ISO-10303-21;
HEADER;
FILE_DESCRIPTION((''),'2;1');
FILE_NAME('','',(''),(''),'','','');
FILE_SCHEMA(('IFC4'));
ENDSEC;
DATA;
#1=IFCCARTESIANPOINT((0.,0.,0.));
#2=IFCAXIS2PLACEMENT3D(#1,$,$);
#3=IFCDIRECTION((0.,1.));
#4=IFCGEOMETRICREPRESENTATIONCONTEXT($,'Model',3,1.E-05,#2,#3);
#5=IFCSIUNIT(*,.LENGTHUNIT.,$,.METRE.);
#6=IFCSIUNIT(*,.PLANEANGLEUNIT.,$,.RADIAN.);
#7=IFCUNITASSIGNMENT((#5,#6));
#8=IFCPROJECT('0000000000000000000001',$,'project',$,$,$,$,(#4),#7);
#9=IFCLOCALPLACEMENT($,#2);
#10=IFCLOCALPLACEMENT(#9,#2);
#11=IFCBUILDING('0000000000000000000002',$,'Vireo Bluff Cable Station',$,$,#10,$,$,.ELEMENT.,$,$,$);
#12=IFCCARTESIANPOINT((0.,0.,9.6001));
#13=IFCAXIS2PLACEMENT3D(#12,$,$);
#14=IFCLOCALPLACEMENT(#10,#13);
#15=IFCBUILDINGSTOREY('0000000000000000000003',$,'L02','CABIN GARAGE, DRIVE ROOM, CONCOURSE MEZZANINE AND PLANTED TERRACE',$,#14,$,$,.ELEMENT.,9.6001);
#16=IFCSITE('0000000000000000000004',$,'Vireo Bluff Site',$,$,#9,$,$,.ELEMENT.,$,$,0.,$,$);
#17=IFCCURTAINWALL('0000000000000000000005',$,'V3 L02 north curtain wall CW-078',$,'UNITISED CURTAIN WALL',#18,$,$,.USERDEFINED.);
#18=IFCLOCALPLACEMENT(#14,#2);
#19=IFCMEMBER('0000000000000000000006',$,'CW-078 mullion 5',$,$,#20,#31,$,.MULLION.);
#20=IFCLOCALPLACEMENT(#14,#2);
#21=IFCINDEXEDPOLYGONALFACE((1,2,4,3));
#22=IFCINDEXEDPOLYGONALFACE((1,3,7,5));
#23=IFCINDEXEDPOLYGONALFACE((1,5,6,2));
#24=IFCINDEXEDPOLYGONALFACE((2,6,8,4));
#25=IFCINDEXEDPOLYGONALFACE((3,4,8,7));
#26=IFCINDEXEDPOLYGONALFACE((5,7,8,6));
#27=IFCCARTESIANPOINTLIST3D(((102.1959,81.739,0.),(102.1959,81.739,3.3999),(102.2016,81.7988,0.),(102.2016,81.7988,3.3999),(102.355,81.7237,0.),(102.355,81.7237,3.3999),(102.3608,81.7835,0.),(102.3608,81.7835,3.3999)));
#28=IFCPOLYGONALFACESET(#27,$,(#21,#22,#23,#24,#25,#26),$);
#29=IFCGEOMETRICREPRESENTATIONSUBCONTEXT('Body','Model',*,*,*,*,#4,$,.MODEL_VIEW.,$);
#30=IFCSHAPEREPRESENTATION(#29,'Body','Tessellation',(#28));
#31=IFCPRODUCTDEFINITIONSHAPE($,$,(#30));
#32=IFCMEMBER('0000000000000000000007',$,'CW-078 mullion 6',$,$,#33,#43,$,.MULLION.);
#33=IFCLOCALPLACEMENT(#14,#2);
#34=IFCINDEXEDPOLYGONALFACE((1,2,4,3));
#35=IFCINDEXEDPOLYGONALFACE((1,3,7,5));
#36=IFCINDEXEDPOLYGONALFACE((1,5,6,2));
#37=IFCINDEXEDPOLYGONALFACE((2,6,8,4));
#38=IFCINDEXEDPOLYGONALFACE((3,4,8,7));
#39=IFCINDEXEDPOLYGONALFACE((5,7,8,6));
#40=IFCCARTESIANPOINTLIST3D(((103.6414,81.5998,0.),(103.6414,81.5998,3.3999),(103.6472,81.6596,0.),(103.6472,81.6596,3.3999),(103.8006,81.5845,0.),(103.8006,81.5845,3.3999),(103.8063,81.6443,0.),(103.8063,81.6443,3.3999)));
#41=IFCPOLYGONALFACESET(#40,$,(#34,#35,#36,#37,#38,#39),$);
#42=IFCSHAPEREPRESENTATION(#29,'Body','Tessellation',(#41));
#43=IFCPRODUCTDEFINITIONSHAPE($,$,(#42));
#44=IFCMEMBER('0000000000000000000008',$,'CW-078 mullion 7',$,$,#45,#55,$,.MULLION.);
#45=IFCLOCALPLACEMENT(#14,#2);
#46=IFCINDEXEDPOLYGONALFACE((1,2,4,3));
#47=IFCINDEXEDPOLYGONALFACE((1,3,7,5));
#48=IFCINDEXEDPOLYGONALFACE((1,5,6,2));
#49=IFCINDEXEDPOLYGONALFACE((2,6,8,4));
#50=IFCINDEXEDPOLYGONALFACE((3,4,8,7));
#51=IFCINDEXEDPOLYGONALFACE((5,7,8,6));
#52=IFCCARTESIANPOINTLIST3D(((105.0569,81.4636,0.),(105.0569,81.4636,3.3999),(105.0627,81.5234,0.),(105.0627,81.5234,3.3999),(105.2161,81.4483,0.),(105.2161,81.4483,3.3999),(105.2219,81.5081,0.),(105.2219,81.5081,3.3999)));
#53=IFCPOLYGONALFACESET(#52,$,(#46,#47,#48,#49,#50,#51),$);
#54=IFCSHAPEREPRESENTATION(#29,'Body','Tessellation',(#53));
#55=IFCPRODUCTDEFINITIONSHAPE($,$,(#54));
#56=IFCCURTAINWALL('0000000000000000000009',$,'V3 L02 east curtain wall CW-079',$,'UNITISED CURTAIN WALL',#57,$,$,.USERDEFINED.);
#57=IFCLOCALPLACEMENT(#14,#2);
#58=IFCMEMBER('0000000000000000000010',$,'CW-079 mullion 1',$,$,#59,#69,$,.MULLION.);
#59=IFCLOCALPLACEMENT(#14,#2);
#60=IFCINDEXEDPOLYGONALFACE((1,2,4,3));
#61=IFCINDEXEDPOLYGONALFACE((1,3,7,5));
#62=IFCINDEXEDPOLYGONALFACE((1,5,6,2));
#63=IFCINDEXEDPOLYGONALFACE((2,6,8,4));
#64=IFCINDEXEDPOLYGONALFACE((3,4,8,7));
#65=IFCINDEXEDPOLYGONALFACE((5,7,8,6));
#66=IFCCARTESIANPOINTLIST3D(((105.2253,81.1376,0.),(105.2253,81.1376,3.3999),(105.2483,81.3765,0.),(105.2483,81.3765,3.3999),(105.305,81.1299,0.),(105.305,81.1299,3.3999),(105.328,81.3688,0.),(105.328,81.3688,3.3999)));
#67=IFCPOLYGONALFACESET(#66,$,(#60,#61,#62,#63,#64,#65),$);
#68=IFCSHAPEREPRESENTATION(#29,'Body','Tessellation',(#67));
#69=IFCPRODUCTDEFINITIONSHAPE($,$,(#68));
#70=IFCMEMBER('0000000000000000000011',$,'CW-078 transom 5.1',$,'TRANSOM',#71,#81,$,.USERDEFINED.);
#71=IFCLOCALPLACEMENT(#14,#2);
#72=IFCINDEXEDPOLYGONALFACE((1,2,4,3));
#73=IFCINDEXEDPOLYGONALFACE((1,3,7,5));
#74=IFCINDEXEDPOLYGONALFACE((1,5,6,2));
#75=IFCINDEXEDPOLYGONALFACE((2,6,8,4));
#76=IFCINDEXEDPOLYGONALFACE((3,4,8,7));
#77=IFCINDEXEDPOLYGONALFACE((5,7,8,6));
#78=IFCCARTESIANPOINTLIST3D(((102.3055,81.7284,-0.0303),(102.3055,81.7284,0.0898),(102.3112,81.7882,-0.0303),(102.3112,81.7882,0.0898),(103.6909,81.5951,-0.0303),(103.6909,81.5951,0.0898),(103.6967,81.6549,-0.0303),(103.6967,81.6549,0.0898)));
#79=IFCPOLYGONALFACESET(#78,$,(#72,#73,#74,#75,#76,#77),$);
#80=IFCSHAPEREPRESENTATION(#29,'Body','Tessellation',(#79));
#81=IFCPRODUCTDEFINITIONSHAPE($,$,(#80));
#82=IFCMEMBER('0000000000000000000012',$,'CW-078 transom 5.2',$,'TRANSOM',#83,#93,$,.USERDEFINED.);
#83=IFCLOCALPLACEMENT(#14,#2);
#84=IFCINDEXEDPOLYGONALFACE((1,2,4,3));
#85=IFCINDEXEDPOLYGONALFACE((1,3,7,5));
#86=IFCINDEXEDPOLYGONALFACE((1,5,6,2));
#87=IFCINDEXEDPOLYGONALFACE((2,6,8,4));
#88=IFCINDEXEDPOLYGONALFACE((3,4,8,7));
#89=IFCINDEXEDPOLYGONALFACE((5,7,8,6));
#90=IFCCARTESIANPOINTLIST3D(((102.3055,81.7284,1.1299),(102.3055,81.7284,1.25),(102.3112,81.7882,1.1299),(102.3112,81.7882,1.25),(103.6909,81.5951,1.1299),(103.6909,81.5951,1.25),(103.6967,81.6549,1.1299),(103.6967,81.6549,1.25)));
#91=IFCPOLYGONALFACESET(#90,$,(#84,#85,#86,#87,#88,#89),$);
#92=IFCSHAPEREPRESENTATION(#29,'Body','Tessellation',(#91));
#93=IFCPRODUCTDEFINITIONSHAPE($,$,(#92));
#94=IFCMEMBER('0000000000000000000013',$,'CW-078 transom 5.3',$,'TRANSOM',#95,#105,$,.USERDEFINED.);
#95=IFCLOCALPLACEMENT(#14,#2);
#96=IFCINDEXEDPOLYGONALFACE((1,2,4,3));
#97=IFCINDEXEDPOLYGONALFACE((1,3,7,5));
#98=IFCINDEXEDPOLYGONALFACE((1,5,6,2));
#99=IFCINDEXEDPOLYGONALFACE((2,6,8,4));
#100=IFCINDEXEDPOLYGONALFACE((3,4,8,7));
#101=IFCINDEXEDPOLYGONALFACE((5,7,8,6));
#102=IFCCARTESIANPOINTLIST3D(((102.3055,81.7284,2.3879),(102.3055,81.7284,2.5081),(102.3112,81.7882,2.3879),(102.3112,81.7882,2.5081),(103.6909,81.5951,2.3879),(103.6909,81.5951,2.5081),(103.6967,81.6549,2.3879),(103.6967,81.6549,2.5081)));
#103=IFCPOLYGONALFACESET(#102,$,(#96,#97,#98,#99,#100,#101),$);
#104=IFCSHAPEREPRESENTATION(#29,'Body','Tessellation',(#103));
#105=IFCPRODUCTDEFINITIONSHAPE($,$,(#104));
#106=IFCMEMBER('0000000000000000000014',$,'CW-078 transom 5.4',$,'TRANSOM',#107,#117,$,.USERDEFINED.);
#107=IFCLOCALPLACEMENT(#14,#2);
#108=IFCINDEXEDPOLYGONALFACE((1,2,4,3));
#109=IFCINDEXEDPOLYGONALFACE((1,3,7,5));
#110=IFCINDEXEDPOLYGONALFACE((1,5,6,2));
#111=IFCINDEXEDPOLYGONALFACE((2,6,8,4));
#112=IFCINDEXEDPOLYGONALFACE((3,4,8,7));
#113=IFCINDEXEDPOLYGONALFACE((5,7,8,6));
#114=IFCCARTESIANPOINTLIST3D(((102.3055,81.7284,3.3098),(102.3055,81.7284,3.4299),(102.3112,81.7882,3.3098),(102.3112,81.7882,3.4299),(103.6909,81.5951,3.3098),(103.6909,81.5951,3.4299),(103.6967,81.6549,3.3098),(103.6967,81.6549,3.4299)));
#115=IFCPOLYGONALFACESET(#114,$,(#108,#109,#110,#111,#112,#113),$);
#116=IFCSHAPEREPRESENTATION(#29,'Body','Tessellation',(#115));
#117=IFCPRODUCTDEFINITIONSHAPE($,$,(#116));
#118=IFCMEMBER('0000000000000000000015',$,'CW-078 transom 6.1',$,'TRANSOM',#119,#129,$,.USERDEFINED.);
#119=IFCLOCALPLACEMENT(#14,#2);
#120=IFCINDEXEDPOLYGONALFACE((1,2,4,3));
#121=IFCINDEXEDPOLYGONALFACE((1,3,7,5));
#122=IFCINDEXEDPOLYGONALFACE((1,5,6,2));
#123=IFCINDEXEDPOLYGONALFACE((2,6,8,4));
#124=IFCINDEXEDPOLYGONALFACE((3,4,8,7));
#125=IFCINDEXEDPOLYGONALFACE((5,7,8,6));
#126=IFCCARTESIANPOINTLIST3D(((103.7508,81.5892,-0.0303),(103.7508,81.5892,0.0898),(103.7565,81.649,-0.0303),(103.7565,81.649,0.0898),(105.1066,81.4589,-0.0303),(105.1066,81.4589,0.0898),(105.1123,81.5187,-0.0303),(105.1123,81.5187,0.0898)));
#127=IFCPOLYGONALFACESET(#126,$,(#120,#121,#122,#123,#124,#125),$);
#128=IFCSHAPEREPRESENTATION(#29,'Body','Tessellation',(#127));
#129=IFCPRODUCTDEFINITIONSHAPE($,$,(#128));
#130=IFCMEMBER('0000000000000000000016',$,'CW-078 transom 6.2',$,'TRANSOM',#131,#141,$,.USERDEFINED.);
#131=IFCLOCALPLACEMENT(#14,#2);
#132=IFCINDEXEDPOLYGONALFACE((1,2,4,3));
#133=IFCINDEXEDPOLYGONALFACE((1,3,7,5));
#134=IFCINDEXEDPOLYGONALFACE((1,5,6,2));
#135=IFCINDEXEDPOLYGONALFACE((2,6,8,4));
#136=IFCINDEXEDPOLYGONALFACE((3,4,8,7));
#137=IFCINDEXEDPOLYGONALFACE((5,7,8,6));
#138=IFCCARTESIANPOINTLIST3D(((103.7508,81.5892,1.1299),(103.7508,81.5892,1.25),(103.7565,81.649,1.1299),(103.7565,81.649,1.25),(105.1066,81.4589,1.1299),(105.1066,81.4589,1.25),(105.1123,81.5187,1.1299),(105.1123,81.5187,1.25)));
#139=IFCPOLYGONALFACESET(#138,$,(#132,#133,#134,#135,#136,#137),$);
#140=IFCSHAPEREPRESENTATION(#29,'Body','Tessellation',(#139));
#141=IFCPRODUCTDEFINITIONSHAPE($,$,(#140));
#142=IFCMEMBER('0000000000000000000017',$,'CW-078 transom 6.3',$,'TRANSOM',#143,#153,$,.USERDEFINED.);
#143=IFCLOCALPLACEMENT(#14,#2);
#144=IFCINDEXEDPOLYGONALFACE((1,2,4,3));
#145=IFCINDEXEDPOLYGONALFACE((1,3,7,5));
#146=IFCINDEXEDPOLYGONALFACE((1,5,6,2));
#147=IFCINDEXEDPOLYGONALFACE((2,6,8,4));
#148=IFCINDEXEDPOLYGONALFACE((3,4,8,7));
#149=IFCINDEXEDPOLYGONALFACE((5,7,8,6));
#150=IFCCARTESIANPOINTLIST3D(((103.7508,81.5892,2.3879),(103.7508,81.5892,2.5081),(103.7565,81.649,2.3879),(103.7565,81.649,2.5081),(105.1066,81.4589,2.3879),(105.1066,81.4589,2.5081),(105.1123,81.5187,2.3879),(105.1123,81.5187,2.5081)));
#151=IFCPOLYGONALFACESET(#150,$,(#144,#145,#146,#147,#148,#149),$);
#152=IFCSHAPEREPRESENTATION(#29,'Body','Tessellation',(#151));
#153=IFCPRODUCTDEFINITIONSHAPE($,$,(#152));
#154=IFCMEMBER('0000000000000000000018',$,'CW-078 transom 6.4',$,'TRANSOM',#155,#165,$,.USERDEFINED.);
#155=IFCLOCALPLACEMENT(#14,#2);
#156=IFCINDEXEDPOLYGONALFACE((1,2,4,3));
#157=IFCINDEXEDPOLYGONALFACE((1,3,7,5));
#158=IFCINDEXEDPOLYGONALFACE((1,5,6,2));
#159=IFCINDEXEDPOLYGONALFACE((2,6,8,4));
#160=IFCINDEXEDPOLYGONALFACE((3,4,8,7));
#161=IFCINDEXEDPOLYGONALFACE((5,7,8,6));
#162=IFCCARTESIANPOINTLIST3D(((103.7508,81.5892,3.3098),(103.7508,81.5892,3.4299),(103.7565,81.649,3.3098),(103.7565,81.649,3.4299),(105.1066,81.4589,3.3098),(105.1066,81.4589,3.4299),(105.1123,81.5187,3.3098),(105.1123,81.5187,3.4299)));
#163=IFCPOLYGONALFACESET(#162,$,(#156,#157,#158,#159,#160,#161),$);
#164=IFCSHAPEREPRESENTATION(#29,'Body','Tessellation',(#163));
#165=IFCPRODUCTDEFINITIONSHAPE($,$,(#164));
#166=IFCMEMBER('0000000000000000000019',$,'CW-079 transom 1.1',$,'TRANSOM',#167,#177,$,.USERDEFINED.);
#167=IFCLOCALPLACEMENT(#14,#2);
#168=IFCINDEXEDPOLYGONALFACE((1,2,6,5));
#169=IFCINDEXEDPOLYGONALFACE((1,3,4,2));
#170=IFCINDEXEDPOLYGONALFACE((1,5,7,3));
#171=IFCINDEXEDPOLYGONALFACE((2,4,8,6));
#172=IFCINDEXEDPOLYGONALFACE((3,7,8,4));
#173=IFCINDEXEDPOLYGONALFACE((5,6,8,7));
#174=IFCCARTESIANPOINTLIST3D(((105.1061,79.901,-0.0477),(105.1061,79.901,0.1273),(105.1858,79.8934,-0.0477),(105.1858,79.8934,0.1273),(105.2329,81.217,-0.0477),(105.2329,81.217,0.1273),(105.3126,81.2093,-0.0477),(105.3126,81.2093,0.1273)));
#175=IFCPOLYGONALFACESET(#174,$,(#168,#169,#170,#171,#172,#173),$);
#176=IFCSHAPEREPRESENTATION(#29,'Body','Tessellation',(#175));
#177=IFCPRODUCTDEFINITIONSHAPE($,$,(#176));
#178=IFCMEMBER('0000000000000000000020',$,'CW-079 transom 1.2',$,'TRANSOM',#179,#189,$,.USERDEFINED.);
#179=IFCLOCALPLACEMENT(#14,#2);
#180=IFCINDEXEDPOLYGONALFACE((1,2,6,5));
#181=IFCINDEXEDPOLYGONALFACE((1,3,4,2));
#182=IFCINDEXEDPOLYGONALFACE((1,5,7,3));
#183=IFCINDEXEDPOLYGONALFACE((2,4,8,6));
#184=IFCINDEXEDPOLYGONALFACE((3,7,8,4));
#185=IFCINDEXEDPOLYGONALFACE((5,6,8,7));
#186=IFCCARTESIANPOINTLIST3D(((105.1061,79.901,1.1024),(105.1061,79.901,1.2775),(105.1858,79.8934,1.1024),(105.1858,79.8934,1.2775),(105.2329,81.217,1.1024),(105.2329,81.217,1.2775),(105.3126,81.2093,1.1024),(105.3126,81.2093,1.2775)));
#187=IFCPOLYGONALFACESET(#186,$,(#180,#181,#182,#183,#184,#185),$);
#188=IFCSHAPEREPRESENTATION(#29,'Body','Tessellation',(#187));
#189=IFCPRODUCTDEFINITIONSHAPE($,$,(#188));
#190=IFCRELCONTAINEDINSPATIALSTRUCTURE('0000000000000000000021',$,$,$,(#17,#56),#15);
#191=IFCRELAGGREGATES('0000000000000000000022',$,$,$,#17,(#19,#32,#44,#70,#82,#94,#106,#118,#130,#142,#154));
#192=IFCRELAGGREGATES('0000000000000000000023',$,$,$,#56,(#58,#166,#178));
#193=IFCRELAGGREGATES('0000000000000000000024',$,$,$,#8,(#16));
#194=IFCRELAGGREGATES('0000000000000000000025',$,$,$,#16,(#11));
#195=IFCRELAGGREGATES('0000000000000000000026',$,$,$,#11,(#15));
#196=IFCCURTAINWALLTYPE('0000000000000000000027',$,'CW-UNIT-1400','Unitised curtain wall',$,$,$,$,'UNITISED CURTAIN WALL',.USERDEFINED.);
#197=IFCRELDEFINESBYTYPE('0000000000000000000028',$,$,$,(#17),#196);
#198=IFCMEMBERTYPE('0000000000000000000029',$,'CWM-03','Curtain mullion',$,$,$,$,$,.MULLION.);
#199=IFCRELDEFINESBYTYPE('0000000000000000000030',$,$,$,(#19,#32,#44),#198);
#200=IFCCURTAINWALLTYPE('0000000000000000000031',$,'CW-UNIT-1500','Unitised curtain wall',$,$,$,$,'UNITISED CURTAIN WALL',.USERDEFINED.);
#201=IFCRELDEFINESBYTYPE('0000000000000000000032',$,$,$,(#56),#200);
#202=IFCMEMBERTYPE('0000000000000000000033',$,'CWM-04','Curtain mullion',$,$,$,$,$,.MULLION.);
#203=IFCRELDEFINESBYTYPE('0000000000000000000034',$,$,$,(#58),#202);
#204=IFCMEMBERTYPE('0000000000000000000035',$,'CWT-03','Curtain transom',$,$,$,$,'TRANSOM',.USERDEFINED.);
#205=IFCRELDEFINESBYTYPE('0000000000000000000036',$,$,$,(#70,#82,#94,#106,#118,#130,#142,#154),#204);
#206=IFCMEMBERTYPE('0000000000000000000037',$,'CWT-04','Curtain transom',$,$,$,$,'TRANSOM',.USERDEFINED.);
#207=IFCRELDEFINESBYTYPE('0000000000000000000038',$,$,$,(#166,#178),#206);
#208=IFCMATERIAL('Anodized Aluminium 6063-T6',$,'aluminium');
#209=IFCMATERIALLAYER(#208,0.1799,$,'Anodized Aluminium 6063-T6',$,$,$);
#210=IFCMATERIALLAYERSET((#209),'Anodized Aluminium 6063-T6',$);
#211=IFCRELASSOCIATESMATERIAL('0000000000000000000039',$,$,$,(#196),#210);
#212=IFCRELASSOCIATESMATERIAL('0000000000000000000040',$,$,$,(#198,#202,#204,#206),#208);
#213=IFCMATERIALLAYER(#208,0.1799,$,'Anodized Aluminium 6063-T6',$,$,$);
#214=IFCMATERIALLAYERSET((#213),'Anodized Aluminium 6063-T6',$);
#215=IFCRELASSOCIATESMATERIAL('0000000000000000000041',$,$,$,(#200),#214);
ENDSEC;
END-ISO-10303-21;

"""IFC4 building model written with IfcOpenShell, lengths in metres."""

from ifc_helpers import new_model, si_unit, direction, frame, origin, origin_2d, place, context, subcontext, project, spatial, rectangle, extrude, material, layer, layer_set, material_profile, profile_set, type_object, element, aggregate, save


model = new_model("IFC4")

# Units and contexts
model_context = context("Model", 3, precision=1e-05, world=origin(), true_north=direction((0.0, 1.0)))
body_context = subcontext(model_context, "Body", "Model", "MODEL_VIEW")
ifc_project = project(units=[si_unit("LENGTHUNIT", "METRE"), si_unit("PLANEANGLEUNIT", "RADIAN")], contexts=[model_context])

# Site, building, storey
site_placement = place(None, origin())
site = spatial("IfcSite", under=ifc_project, at=site_placement, Name="Vireo Bluff Site", CompositionType="ELEMENT", RefElevation=0.0)
building_placement = place(site_placement, origin())
building = spatial("IfcBuilding", under=site, at=building_placement, Name="Vireo Bluff Cable Station", CompositionType="ELEMENT")
storey_placement = place(building_placement, frame((0.0, 0.0, 9.6001)))
storey = spatial("IfcBuildingStorey", under=building, at=storey_placement, Name="L02", Description="CABIN GARAGE, DRIVE ROOM, CONCOURSE MEZZANINE AND PLANTED TERRACE", CompositionType="ELEMENT", Elevation=9.6001)

# Curtain wall, members
ifc_material_1 = material(Name="Anodized Aluminium 6063-T6", Category="aluminium")
ifc_layer_1 = layer(ifc_material_1, 0.1799, Name="Anodized Aluminium 6063-T6")
ifc_layer_set_1 = layer_set([ifc_layer_1], Name="Anodized Aluminium 6063-T6")
curtain_wall_type_1 = type_object("IfcCurtainWallType", Name="CW-UNIT-1400", Description="Unitised curtain wall", ElementType="UNITISED CURTAIN WALL", PredefinedType="USERDEFINED", material=ifc_layer_set_1)
curtain_wall_1_placement = place(storey_placement, origin())
curtain_wall_1 = element("IfcCurtainWall", 1, at=curtain_wall_1_placement, inside=storey, type_object=curtain_wall_type_1, Name="V3 L02 north curtain wall CW-078", ObjectType="UNITISED CURTAIN WALL", PredefinedType="USERDEFINED")
ifc_material_profile_1 = material_profile(ifc_material_1, rectangle(XDim=0.0601, YDim=0.1599, at=origin_2d()), Name="ALU-M-60X160")
ifc_profile_set_1 = profile_set([ifc_material_profile_1], Name="Anodized Aluminium 6063-T6")
member_type_1 = type_object("IfcMemberType", Name="CWM-03", Description="Curtain mullion", PredefinedType="MULLION", material=ifc_profile_set_1)
member_1_placement = place(storey_placement, frame((102.2783, 81.7612, 0.0), z_axis=(0.0, 0.0, 1.0), x_axis=(0.095846, 0.995396, 0.0)))
member_1 = element("IfcMember", 2, at=member_1_placement, type_object=member_type_1, Name="CW-078 mullion 5", PredefinedType="MULLION", context=body_context, shape_type="SweptSolid", body=[
    extrude(rectangle(XDim=0.0601, YDim=0.1599, at=origin_2d()), origin(), (0.0, 0.0, 1.0), 3.3999),
])
member_2_placement = place(storey_placement, frame((103.7239, 81.6221, 0.0), z_axis=(0.0, 0.0, 1.0), x_axis=(0.095846, 0.995396, 0.0)))
member_2 = element("IfcMember", 3, at=member_2_placement, type_object=member_type_1, Name="CW-078 mullion 6", PredefinedType="MULLION", context=body_context, shape_type="SweptSolid", body=[
    extrude(rectangle(XDim=0.0601, YDim=0.1599, at=origin_2d()), origin(), (0.0, 0.0, 1.0), 3.3999),
])
member_3_placement = place(storey_placement, frame((105.1394, 81.4858, 0.0), z_axis=(0.0, 0.0, 1.0), x_axis=(0.095846, 0.995396, 0.0)))
member_3 = element("IfcMember", 4, at=member_3_placement, type_object=member_type_1, Name="CW-078 mullion 7", PredefinedType="MULLION", context=body_context, shape_type="SweptSolid", body=[
    extrude(rectangle(XDim=0.0601, YDim=0.1599, at=origin_2d()), origin(), (0.0, 0.0, 1.0), 3.3999),
])

# Curtain wall, member
ifc_layer_2 = layer(ifc_material_1, 0.1799, Name="Anodized Aluminium 6063-T6")
ifc_layer_set_2 = layer_set([ifc_layer_2], Name="Anodized Aluminium 6063-T6")
curtain_wall_type_2 = type_object("IfcCurtainWallType", Name="CW-UNIT-1500", Description="Unitised curtain wall", ElementType="UNITISED CURTAIN WALL", PredefinedType="USERDEFINED", material=ifc_layer_set_2)
curtain_wall_2_placement = place(storey_placement, origin())
curtain_wall_2 = element("IfcCurtainWall", 5, at=curtain_wall_2_placement, inside=storey, type_object=curtain_wall_type_2, Name="V3 L02 east curtain wall CW-079", ObjectType="UNITISED CURTAIN WALL", PredefinedType="USERDEFINED")
ifc_material_profile_2 = material_profile(ifc_material_1, rectangle(XDim=0.0801, YDim=0.24, at=origin_2d()), Name="ALU-M-80X240")
ifc_profile_set_2 = profile_set([ifc_material_profile_2], Name="Anodized Aluminium 6063-T6")
member_type_2 = type_object("IfcMemberType", Name="CWM-04", Description="Curtain mullion", PredefinedType="MULLION", material=ifc_profile_set_2)
member_4_placement = place(storey_placement, frame((105.2766, 81.2532, 0.0), z_axis=(0.0, 0.0, 1.0), x_axis=(0.995396, -0.095846, 0.0)))
member_4 = element("IfcMember", 6, at=member_4_placement, type_object=member_type_2, Name="CW-079 mullion 1", PredefinedType="MULLION", context=body_context, shape_type="SweptSolid", body=[
    extrude(rectangle(XDim=0.0801, YDim=0.24, at=origin_2d()), origin(), (0.0, 0.0, 1.0), 3.3999),
])

# Members
ifc_material_profile_3 = material_profile(ifc_material_1, rectangle(XDim=0.0601, YDim=0.1201, at=origin_2d()), Name="ALU-T-60X120")
ifc_profile_set_3 = profile_set([ifc_material_profile_3], Name="Anodized Aluminium 6063-T6")
member_type_3 = type_object("IfcMemberType", Name="CWT-03", Description="Curtain transom", ElementType="TRANSOM", PredefinedType="USERDEFINED", material=ifc_profile_set_3)
member_5_placement = place(storey_placement, frame((102.3083, 81.7583, 0.0298), z_axis=(0.995404, -0.095769, 0.0), x_axis=(0.095769, 0.995404, 0.0)))
member_5 = element("IfcMember", 7, at=member_5_placement, type_object=member_type_3, Name="CW-078 transom 5.1", ObjectType="TRANSOM", PredefinedType="USERDEFINED", context=body_context, shape_type="SweptSolid", body=[
    extrude(rectangle(XDim=0.0601, YDim=0.1201, at=origin_2d()), origin(), (0.0, 0.0, 1.0), 1.3918),
])
member_6_placement = place(storey_placement, frame((102.3083, 81.7583, 1.1899), z_axis=(0.995404, -0.095769, 0.0), x_axis=(0.095769, 0.995404, 0.0)))
member_6 = element("IfcMember", 8, at=member_6_placement, type_object=member_type_3, Name="CW-078 transom 5.2", ObjectType="TRANSOM", PredefinedType="USERDEFINED", context=body_context, shape_type="SweptSolid", body=[
    extrude(rectangle(XDim=0.0601, YDim=0.1201, at=origin_2d()), origin(), (0.0, 0.0, 1.0), 1.3918),
])
member_7_placement = place(storey_placement, frame((102.3083, 81.7583, 2.448), z_axis=(0.995404, -0.095769, 0.0), x_axis=(0.095769, 0.995404, 0.0)))
member_7 = element("IfcMember", 9, at=member_7_placement, type_object=member_type_3, Name="CW-078 transom 5.3", ObjectType="TRANSOM", PredefinedType="USERDEFINED", context=body_context, shape_type="SweptSolid", body=[
    extrude(rectangle(XDim=0.0601, YDim=0.1201, at=origin_2d()), origin(), (0.0, 0.0, 1.0), 1.3918),
])
member_8_placement = place(storey_placement, frame((102.3083, 81.7583, 3.3699), z_axis=(0.995404, -0.095769, 0.0), x_axis=(0.095769, 0.995404, 0.0)))
member_8 = element("IfcMember", 10, at=member_8_placement, type_object=member_type_3, Name="CW-078 transom 5.4", ObjectType="TRANSOM", PredefinedType="USERDEFINED", context=body_context, shape_type="SweptSolid", body=[
    extrude(rectangle(XDim=0.0601, YDim=0.1201, at=origin_2d()), origin(), (0.0, 0.0, 1.0), 1.3918),
])
member_9_placement = place(storey_placement, frame((103.7537, 81.6191, 0.0298), z_axis=(0.995408, -0.095723, 0.0), x_axis=(0.095723, 0.995408, 0.0)))
member_9 = element("IfcMember", 11, at=member_9_placement, type_object=member_type_3, Name="CW-078 transom 6.1", ObjectType="TRANSOM", PredefinedType="USERDEFINED", context=body_context, shape_type="SweptSolid", body=[
    extrude(rectangle(XDim=0.0601, YDim=0.1201, at=origin_2d()), origin(), (0.0, 0.0, 1.0), 1.3621),
])
member_10_placement = place(storey_placement, frame((103.7537, 81.6191, 1.1899), z_axis=(0.995408, -0.095723, 0.0), x_axis=(0.095723, 0.995408, 0.0)))
member_10 = element("IfcMember", 12, at=member_10_placement, type_object=member_type_3, Name="CW-078 transom 6.2", ObjectType="TRANSOM", PredefinedType="USERDEFINED", context=body_context, shape_type="SweptSolid", body=[
    extrude(rectangle(XDim=0.0601, YDim=0.1201, at=origin_2d()), origin(), (0.0, 0.0, 1.0), 1.3621),
])
member_11_placement = place(storey_placement, frame((103.7537, 81.6191, 2.448), z_axis=(0.995408, -0.095723, 0.0), x_axis=(0.095723, 0.995408, 0.0)))
member_11 = element("IfcMember", 13, at=member_11_placement, type_object=member_type_3, Name="CW-078 transom 6.3", ObjectType="TRANSOM", PredefinedType="USERDEFINED", context=body_context, shape_type="SweptSolid", body=[
    extrude(rectangle(XDim=0.0601, YDim=0.1201, at=origin_2d()), origin(), (0.0, 0.0, 1.0), 1.3621),
])
member_12_placement = place(storey_placement, frame((103.7537, 81.6191, 3.3699), z_axis=(0.995408, -0.095723, 0.0), x_axis=(0.095723, 0.995408, 0.0)))
member_12 = element("IfcMember", 14, at=member_12_placement, type_object=member_type_3, Name="CW-078 transom 6.4", ObjectType="TRANSOM", PredefinedType="USERDEFINED", context=body_context, shape_type="SweptSolid", body=[
    extrude(rectangle(XDim=0.0601, YDim=0.1201, at=origin_2d()), origin(), (0.0, 0.0, 1.0), 1.3621),
])
ifc_material_profile_4 = material_profile(ifc_material_1, rectangle(XDim=0.0801, YDim=0.175, at=origin_2d()), Name="ALU-T-80X175")
ifc_profile_set_4 = profile_set([ifc_material_profile_4], Name="Anodized Aluminium 6063-T6")
member_type_4 = type_object("IfcMemberType", Name="CWT-04", Description="Curtain transom", ElementType="TRANSOM", PredefinedType="USERDEFINED", material=ifc_profile_set_4)
member_13_placement = place(storey_placement, frame((105.2727, 81.2131, 0.0398), z_axis=(-0.095846, -0.995396, 0.0), x_axis=(0.995396, -0.095846, 0.0)))
member_13 = element("IfcMember", 15, at=member_13_placement, type_object=member_type_4, Name="CW-079 transom 1.1", ObjectType="TRANSOM", PredefinedType="USERDEFINED", context=body_context, shape_type="SweptSolid", body=[
    extrude(rectangle(XDim=0.0801, YDim=0.175, at=origin_2d()), origin(), (0.0, 0.0, 1.0), 1.322),
])
member_14_placement = place(storey_placement, frame((105.2727, 81.2131, 1.1899), z_axis=(-0.095846, -0.995396, 0.0), x_axis=(0.995396, -0.095846, 0.0)))
member_14 = element("IfcMember", 16, at=member_14_placement, type_object=member_type_4, Name="CW-079 transom 1.2", ObjectType="TRANSOM", PredefinedType="USERDEFINED", context=body_context, shape_type="SweptSolid", body=[
    extrude(rectangle(XDim=0.0801, YDim=0.175, at=origin_2d()), origin(), (0.0, 0.0, 1.0), 1.322),
])

aggregate(curtain_wall_1, [member_1, member_2, member_3, member_5, member_6, member_7, member_8, member_9, member_10, member_11, member_12])
aggregate(curtain_wall_2, [member_4, member_13, member_14])

save(model, "model.ifc")
